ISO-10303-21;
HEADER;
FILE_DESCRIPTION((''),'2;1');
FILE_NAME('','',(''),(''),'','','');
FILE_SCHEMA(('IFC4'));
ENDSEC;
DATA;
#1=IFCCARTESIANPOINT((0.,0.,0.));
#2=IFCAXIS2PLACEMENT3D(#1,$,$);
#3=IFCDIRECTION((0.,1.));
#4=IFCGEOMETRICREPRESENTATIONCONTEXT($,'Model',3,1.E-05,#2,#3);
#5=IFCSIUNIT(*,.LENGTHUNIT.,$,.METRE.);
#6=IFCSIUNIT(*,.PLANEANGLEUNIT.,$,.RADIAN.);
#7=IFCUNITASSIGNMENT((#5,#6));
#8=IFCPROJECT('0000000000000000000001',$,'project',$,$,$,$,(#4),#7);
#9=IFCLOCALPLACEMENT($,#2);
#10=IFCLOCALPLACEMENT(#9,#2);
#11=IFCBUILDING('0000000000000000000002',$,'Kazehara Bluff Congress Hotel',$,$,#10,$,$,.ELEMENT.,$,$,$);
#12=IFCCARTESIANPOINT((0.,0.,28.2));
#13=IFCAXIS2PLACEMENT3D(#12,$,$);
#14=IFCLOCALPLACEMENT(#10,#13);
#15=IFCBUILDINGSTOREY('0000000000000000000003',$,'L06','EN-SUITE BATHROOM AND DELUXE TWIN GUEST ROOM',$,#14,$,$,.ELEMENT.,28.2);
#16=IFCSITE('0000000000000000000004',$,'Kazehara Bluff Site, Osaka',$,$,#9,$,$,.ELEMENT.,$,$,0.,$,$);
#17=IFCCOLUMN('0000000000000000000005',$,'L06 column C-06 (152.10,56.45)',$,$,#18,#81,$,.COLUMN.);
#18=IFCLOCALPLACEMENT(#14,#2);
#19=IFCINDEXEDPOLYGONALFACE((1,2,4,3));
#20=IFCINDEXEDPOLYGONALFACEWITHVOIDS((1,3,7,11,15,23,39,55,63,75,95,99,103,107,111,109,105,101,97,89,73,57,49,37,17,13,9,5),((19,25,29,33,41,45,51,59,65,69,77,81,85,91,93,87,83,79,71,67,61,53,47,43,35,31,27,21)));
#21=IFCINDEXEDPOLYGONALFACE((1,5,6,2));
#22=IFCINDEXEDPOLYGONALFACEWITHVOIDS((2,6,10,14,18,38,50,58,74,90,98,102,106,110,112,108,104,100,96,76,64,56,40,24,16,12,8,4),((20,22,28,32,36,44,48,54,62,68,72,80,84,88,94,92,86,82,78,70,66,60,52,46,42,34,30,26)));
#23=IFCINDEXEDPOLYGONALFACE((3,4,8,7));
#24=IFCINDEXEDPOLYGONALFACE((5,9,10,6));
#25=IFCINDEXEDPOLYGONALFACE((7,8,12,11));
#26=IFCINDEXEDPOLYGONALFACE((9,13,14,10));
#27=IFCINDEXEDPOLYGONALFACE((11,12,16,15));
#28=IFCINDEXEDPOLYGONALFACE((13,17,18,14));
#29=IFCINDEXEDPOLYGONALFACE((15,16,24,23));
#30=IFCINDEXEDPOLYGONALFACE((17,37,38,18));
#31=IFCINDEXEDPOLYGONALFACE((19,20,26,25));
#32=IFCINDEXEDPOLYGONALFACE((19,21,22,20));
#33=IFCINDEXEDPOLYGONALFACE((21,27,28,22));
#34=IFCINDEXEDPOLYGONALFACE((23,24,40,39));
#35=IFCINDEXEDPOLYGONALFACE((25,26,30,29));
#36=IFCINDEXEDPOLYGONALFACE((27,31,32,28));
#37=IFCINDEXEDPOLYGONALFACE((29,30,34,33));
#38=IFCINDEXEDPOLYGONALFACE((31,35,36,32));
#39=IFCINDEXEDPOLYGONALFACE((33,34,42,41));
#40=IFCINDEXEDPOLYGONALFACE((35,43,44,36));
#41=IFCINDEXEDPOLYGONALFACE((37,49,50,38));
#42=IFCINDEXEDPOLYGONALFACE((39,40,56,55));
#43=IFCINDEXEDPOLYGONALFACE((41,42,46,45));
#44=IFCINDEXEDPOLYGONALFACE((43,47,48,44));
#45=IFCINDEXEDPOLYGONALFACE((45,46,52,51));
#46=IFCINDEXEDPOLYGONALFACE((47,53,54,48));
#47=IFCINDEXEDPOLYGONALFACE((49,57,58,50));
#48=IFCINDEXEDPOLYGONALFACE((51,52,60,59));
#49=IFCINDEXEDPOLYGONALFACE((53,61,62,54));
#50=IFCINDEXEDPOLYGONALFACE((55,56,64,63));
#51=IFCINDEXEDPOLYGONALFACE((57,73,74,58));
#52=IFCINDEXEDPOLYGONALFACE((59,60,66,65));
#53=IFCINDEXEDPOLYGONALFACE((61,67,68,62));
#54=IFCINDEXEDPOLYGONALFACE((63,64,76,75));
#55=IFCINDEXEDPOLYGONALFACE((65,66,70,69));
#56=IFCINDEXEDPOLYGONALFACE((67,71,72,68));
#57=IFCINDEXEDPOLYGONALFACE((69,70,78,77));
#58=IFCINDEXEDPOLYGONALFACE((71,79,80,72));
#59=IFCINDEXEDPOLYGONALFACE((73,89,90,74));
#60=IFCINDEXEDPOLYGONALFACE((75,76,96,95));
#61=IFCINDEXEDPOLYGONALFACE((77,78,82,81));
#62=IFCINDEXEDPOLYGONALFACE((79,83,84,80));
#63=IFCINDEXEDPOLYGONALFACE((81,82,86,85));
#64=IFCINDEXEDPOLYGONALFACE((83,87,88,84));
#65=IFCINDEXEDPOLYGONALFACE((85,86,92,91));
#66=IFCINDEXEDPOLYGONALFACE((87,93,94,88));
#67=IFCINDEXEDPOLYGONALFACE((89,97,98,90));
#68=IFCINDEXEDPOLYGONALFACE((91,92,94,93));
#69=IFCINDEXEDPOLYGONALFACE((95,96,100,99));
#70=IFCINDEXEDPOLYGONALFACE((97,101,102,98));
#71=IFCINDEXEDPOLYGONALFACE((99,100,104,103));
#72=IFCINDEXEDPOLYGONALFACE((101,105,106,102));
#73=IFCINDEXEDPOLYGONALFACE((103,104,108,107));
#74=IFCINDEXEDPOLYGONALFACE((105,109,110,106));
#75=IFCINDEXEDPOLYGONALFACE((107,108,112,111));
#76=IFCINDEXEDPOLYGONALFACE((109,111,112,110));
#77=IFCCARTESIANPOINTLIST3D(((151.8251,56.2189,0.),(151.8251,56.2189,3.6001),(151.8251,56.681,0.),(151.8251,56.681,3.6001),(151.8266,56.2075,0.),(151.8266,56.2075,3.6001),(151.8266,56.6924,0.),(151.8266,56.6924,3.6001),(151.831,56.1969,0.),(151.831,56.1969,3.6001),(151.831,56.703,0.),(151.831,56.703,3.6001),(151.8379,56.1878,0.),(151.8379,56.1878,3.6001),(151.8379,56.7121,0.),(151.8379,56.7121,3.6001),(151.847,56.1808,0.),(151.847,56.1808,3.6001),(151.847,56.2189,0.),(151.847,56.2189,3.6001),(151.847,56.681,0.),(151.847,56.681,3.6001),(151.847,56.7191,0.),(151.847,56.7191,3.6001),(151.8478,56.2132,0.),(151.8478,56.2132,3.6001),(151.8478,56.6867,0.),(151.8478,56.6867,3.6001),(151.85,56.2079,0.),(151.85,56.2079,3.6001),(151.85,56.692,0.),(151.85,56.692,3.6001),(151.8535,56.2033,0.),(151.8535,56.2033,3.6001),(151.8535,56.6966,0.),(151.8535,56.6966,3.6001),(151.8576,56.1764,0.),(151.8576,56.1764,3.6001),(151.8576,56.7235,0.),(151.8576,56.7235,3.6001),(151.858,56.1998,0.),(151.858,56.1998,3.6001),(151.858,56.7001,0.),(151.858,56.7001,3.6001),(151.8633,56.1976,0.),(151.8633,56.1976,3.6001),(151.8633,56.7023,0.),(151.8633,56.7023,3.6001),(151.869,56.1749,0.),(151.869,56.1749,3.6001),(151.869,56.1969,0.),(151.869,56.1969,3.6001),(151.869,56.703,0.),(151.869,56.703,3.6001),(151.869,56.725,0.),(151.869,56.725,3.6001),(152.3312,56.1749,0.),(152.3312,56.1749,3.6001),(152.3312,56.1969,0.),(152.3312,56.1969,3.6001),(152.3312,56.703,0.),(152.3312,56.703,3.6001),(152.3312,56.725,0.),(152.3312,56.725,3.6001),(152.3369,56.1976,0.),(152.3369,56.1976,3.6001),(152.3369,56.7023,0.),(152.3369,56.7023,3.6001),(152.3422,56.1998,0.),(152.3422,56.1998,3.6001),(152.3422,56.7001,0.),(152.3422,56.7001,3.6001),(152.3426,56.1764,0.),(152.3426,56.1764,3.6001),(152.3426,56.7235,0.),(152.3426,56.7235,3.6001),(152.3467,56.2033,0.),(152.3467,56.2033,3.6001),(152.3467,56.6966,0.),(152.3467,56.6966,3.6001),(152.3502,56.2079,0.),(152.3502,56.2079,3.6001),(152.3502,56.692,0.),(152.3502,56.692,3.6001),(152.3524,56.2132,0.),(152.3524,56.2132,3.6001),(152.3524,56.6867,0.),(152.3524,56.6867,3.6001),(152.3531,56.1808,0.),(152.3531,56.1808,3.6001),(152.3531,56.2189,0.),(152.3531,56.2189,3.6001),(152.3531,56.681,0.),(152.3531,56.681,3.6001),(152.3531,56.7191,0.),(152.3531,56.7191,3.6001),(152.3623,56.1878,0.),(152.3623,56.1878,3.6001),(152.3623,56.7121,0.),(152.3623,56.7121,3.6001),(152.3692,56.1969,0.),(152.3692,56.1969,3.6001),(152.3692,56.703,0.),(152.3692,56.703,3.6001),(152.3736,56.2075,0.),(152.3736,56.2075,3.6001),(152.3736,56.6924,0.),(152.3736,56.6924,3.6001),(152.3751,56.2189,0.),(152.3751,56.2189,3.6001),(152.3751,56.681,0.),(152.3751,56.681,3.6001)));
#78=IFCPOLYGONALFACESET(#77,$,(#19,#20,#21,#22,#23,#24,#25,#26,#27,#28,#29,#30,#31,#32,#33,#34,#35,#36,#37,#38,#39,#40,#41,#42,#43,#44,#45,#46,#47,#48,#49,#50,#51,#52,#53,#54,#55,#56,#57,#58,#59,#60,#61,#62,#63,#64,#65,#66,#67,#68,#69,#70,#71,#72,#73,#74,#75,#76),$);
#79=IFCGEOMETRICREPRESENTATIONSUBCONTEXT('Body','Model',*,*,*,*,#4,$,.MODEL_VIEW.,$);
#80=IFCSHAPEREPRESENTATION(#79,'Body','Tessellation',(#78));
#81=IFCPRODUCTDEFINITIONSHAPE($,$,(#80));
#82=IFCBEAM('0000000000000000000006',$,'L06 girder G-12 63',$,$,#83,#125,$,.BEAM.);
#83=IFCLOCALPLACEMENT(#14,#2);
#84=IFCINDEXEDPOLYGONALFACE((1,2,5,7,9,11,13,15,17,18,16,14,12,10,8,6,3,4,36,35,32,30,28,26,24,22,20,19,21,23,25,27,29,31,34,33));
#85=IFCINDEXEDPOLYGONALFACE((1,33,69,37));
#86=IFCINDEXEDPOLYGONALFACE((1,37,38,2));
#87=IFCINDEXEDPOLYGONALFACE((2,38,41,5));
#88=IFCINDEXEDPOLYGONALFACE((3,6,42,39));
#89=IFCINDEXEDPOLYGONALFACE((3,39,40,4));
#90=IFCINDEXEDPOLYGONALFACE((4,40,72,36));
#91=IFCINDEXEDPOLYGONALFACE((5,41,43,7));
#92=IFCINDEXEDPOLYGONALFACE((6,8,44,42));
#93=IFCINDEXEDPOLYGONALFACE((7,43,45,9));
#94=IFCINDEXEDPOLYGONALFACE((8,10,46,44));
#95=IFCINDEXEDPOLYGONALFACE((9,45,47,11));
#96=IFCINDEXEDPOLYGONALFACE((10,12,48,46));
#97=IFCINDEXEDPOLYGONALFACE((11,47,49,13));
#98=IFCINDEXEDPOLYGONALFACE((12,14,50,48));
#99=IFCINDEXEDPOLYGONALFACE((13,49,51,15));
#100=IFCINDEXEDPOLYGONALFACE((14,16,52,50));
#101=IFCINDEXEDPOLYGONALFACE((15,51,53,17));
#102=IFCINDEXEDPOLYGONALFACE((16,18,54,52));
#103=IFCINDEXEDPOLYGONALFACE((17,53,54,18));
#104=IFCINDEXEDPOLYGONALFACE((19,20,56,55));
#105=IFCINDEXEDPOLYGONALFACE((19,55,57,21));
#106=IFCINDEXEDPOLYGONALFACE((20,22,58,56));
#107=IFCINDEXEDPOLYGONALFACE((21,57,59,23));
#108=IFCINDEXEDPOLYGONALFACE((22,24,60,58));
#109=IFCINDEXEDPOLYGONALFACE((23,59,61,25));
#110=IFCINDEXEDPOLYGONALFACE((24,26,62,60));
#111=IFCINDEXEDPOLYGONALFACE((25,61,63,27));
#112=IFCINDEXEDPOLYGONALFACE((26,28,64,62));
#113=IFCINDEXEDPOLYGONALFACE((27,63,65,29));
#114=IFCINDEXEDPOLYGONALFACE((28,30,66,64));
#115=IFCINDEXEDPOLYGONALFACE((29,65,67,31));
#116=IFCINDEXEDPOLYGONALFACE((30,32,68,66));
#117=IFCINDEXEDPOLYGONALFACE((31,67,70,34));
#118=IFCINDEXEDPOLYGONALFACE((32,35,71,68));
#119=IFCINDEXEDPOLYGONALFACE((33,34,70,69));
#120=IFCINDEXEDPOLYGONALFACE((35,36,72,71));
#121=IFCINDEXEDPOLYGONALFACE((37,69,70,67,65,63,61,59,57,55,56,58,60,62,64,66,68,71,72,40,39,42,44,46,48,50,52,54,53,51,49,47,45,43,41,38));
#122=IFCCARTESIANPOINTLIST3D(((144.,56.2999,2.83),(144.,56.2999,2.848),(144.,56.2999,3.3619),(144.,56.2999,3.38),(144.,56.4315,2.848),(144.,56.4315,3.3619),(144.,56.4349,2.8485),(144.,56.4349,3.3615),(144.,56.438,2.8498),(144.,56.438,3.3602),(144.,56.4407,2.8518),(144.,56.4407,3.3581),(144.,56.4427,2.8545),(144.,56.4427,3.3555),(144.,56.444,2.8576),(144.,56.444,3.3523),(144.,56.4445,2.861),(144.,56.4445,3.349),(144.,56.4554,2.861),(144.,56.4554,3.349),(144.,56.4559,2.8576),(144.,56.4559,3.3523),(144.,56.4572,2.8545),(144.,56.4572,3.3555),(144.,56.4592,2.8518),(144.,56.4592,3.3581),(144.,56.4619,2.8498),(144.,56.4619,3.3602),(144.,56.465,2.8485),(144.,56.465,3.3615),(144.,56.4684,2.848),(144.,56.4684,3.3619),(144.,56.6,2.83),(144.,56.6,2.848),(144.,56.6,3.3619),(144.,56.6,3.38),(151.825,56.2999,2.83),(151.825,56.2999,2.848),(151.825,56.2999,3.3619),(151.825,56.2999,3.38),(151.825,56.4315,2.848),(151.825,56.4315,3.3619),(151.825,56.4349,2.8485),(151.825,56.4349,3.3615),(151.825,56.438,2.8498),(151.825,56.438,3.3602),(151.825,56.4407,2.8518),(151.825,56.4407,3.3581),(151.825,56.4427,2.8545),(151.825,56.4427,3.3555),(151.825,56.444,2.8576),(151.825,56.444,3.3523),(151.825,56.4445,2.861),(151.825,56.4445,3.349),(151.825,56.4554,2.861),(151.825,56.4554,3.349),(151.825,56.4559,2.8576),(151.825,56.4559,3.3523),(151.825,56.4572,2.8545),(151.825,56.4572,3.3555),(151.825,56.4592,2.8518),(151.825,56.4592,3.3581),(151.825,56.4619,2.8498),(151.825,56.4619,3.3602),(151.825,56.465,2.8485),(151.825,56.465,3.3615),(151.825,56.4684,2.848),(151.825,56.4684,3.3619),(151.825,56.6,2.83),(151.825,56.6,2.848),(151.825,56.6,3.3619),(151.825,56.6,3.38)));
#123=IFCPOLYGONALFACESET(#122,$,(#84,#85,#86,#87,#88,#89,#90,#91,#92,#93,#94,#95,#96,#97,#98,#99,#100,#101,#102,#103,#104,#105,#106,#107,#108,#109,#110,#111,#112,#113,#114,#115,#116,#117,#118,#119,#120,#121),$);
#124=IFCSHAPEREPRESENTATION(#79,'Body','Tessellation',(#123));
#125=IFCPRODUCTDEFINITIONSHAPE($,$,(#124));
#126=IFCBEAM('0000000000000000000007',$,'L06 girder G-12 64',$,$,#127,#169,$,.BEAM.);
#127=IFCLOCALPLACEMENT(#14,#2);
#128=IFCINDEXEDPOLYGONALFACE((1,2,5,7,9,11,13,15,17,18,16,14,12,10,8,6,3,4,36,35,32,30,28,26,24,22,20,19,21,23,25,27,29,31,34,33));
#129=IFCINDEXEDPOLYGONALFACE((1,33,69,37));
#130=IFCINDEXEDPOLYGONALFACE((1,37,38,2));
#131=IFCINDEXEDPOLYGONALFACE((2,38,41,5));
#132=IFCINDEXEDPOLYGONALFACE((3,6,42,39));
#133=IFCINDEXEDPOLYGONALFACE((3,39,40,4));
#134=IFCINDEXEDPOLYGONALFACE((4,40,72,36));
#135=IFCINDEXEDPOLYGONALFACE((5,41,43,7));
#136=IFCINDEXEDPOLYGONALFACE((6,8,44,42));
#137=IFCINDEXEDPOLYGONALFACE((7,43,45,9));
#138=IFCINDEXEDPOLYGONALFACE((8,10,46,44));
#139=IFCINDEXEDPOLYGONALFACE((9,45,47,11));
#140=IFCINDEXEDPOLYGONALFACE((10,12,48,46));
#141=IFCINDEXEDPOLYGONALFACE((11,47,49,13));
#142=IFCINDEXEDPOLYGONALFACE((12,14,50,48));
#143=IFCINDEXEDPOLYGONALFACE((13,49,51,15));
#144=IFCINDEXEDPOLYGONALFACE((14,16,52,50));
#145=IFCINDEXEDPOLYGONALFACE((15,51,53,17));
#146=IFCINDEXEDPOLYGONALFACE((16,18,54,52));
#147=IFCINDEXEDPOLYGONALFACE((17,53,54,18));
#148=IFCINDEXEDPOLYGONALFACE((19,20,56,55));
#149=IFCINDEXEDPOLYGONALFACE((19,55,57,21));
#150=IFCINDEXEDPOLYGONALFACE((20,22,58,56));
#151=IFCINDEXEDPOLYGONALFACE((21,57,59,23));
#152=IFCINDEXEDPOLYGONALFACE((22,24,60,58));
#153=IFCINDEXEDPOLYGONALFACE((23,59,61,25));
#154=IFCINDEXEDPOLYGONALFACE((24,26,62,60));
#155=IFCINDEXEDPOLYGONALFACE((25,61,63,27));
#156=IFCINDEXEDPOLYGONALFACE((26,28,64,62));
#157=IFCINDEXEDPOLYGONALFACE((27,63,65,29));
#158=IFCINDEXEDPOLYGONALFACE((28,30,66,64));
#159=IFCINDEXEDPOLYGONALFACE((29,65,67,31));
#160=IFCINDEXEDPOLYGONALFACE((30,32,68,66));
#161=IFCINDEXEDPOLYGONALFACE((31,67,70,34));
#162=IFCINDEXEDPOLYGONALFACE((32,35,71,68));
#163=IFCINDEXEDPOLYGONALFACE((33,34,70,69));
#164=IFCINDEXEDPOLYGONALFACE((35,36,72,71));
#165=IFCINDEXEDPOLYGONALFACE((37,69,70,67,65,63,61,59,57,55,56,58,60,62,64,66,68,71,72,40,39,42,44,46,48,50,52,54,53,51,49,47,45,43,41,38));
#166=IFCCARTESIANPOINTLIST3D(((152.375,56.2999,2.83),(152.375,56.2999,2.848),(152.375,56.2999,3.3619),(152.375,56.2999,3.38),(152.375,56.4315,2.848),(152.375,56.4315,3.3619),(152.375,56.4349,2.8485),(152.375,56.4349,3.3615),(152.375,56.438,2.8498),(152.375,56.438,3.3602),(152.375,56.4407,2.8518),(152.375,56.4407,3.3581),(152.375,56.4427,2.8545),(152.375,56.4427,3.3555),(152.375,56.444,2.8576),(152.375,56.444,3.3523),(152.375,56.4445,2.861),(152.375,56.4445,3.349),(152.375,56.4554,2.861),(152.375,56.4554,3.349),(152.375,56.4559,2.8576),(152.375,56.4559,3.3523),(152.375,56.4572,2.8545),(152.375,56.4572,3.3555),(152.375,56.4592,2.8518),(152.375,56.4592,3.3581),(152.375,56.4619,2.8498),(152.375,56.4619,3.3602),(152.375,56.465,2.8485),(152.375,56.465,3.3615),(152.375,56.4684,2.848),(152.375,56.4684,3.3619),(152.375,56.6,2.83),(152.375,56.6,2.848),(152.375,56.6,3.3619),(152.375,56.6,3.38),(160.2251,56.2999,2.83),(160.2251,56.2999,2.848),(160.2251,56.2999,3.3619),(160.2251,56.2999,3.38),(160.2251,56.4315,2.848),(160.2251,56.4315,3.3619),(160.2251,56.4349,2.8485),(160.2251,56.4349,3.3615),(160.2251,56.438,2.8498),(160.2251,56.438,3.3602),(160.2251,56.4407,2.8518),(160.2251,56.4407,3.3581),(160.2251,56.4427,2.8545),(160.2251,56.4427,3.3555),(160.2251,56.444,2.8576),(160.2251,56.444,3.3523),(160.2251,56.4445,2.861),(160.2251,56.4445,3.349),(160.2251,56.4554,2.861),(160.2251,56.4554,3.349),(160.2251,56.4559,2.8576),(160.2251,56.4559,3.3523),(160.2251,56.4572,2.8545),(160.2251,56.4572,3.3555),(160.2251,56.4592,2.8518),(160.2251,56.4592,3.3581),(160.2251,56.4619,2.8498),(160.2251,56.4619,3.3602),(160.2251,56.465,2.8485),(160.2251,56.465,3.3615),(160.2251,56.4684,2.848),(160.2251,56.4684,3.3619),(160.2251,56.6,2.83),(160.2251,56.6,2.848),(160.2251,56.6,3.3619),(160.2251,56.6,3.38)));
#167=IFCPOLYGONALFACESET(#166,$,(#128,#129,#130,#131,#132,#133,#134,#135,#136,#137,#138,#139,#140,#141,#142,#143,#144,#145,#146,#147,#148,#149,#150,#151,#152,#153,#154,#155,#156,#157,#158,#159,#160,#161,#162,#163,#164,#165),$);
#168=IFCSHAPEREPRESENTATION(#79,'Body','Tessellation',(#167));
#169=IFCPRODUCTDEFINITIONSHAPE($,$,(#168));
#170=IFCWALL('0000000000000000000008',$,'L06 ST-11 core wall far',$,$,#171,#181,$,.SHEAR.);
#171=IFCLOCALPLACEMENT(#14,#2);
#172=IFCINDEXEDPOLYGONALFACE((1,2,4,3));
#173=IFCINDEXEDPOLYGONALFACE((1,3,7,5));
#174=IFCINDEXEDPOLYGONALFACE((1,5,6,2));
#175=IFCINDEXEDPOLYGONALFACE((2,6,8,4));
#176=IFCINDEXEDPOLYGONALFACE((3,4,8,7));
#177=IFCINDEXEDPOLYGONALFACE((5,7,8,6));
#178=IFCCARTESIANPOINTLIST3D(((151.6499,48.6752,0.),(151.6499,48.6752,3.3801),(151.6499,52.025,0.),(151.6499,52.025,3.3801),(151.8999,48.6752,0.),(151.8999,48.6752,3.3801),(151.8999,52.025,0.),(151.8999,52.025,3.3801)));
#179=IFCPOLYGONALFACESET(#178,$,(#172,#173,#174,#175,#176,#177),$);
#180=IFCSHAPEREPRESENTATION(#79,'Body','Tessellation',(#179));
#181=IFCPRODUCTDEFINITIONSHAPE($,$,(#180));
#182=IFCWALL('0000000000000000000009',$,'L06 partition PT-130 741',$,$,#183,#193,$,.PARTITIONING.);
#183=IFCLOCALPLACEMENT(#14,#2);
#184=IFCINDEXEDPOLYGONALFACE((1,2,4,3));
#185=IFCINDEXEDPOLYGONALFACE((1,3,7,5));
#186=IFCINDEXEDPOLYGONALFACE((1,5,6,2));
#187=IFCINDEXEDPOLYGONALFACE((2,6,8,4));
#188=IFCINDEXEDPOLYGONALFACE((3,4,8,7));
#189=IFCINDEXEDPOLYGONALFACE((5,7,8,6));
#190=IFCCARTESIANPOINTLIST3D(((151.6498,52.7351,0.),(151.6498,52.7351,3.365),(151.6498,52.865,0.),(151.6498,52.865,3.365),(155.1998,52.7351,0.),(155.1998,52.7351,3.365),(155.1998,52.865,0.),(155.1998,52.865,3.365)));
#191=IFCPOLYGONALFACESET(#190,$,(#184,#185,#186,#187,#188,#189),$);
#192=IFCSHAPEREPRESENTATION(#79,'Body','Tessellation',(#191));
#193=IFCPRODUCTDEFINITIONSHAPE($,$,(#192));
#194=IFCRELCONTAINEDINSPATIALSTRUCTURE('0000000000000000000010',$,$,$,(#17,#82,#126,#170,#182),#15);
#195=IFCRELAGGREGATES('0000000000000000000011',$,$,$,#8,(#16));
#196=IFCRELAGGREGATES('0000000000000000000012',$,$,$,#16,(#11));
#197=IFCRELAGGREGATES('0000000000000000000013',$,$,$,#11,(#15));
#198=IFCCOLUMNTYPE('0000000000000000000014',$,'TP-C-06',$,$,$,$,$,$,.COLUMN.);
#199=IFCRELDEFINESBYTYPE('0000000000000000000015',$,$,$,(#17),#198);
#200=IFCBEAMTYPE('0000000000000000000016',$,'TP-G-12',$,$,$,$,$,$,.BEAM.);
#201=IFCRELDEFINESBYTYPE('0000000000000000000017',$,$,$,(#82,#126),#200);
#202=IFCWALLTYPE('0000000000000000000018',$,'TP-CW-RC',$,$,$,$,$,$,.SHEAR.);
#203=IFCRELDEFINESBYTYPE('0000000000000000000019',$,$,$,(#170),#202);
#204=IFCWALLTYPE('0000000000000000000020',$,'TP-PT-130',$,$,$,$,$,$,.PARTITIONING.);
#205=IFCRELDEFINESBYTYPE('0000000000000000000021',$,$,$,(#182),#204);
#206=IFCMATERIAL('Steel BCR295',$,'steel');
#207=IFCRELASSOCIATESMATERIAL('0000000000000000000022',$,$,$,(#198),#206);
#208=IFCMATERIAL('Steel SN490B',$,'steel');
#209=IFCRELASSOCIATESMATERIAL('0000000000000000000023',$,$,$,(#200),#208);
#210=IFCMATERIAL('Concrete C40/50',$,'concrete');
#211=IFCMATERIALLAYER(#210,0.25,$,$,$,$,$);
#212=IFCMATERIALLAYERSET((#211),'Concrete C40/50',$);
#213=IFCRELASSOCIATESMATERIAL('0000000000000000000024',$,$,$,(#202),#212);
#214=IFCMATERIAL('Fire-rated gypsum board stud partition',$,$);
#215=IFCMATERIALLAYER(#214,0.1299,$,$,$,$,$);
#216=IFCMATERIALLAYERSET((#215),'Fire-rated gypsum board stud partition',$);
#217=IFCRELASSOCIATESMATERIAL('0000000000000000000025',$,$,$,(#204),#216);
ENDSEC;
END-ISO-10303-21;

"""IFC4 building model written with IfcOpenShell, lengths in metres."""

from ifc_helpers import new_model, si_unit, direction, frame, frame_2d, origin, origin_2d, place, context, subcontext, project, spatial, rectangle, hollow_rectangle, i_section, extrude, material, layer, layer_set, material_profile, profile_set, type_object, element, save


model = new_model("IFC4")

# Units and contexts
model_context = context("Model", 3, precision=1e-05, world=origin(), true_north=direction((0.0, 1.0)))
body_context = subcontext(model_context, "Body", "Model", "MODEL_VIEW")
ifc_project = project(units=[si_unit("LENGTHUNIT", "METRE"), si_unit("PLANEANGLEUNIT", "RADIAN")], contexts=[model_context])

# Site, building, storey
site_placement = place(None, origin())
site = spatial("IfcSite", under=ifc_project, at=site_placement, Name="Kazehara Bluff Site, Osaka", CompositionType="ELEMENT", RefElevation=0.0)
building_placement = place(site_placement, origin())
building = spatial("IfcBuilding", under=site, at=building_placement, Name="Kazehara Bluff Congress Hotel", CompositionType="ELEMENT")
storey_placement = place(building_placement, frame((0.0, 0.0, 28.2)))
storey = spatial("IfcBuildingStorey", under=building, at=storey_placement, Name="L06", Description="EN-SUITE BATHROOM AND DELUXE TWIN GUEST ROOM", CompositionType="ELEMENT", Elevation=28.2)

# Column
ifc_material_1 = material(Name="Steel BCR295", Category="steel")
ifc_material_profile_1 = material_profile(ifc_material_1, hollow_rectangle(XDim=0.55, YDim=0.55, WallThickness=0.022, InnerFilletRadius=0.022, OuterFilletRadius=0.0439, at=origin_2d()))
ifc_profile_set_1 = profile_set([ifc_material_profile_1], Name="Steel BCR295")
column_type = type_object("IfcColumnType", Name="TP-C-06", PredefinedType="COLUMN", material=ifc_profile_set_1)
column_placement = place(storey_placement, frame((152.1001, 56.45, 0.0), z_axis=(0.0, 0.0, 1.0), x_axis=(1.0, 0.0, 0.0)))
element("IfcColumn", 1, at=column_placement, inside=storey, type_object=column_type, Name="L06 column C-06 (152.10,56.45)", PredefinedType="COLUMN", context=body_context, shape_type="SweptSolid", body=[
    extrude(hollow_rectangle(XDim=0.55, YDim=0.55, WallThickness=0.022, InnerFilletRadius=0.022, OuterFilletRadius=0.0439, at=origin_2d()), origin(), (0.0, 0.0, 1.0), 3.6001),
])

# Beams
ifc_material_2 = material(Name="Steel SN490B", Category="steel")
ifc_material_profile_2 = material_profile(ifc_material_2, i_section(OverallWidth=0.3, OverallDepth=0.55, WebThickness=0.011, FlangeThickness=0.0181, FilletRadius=0.0129, at=origin_2d()))
ifc_profile_set_2 = profile_set([ifc_material_profile_2], Name="Steel SN490B")
beam_type = type_object("IfcBeamType", Name="TP-G-12", PredefinedType="BEAM", material=ifc_profile_set_2)
beam_1_placement = place(storey_placement, frame((144.0, 56.45, 3.105), z_axis=(1.0, 0.0, 0.0), x_axis=(0.0, 1.0, 0.0)))
element("IfcBeam", 2, at=beam_1_placement, inside=storey, type_object=beam_type, Name="L06 girder G-12 63", PredefinedType="BEAM", context=body_context, shape_type="SweptSolid", body=[
    extrude(i_section(OverallWidth=0.3, OverallDepth=0.55, WebThickness=0.011, FlangeThickness=0.0181, FilletRadius=0.0129, at=origin_2d()), origin(), (0.0, 0.0, 1.0), 7.825),
])
beam_2_placement = place(storey_placement, frame((152.375, 56.45, 3.105), z_axis=(1.0, 0.0, 0.0), x_axis=(0.0, 1.0, 0.0)))
element("IfcBeam", 3, at=beam_2_placement, inside=storey, type_object=beam_type, Name="L06 girder G-12 64", PredefinedType="BEAM", context=body_context, shape_type="SweptSolid", body=[
    extrude(i_section(OverallWidth=0.3, OverallDepth=0.55, WebThickness=0.011, FlangeThickness=0.0181, FilletRadius=0.0129, at=origin_2d()), origin(), (0.0, 0.0, 1.0), 7.8501),
])

# Walls
ifc_material_3 = material(Name="Concrete C40/50", Category="concrete")
ifc_layer_1 = layer(ifc_material_3, 0.25)
ifc_layer_set_1 = layer_set([ifc_layer_1], Name="Concrete C40/50")
wall_type_1 = type_object("IfcWallType", Name="TP-CW-RC", PredefinedType="SHEAR", material=ifc_layer_set_1)
wall_1_placement = place(storey_placement, frame((151.7749, 52.0249, 0.0), z_axis=(0.0, 0.0, 1.0), x_axis=(0.0, -1.0, 0.0)))
element("IfcWall", 4, at=wall_1_placement, inside=storey, type_object=wall_type_1, Name="L06 ST-11 core wall far", PredefinedType="SHEAR", context=body_context, shape_type="SweptSolid", body=[
    extrude(rectangle(XDim=3.3499, YDim=0.25, at=frame_2d((1.6748, 0.0))), origin(), (0.0, 0.0, 1.0), 3.3801),
])
ifc_material_4 = material(Name="Fire-rated gypsum board stud partition")
ifc_layer_2 = layer(ifc_material_4, 0.1299)
ifc_layer_set_2 = layer_set([ifc_layer_2], Name="Fire-rated gypsum board stud partition")
wall_type_2 = type_object("IfcWallType", Name="TP-PT-130", PredefinedType="PARTITIONING", material=ifc_layer_set_2)
wall_2_placement = place(storey_placement, frame((151.6499, 52.8, 0.0), z_axis=(0.0, 0.0, 1.0), x_axis=(1.0, 0.0, 0.0)))
element("IfcWall", 5, at=wall_2_placement, inside=storey, type_object=wall_type_2, Name="L06 partition PT-130 741", PredefinedType="PARTITIONING", context=body_context, shape_type="SweptSolid", body=[
    extrude(rectangle(XDim=3.55, YDim=0.1299, at=frame_2d((1.7749, 0.0))), origin(), (0.0, 0.0, 1.0), 3.365),
])

save(model, "model.ifc")
